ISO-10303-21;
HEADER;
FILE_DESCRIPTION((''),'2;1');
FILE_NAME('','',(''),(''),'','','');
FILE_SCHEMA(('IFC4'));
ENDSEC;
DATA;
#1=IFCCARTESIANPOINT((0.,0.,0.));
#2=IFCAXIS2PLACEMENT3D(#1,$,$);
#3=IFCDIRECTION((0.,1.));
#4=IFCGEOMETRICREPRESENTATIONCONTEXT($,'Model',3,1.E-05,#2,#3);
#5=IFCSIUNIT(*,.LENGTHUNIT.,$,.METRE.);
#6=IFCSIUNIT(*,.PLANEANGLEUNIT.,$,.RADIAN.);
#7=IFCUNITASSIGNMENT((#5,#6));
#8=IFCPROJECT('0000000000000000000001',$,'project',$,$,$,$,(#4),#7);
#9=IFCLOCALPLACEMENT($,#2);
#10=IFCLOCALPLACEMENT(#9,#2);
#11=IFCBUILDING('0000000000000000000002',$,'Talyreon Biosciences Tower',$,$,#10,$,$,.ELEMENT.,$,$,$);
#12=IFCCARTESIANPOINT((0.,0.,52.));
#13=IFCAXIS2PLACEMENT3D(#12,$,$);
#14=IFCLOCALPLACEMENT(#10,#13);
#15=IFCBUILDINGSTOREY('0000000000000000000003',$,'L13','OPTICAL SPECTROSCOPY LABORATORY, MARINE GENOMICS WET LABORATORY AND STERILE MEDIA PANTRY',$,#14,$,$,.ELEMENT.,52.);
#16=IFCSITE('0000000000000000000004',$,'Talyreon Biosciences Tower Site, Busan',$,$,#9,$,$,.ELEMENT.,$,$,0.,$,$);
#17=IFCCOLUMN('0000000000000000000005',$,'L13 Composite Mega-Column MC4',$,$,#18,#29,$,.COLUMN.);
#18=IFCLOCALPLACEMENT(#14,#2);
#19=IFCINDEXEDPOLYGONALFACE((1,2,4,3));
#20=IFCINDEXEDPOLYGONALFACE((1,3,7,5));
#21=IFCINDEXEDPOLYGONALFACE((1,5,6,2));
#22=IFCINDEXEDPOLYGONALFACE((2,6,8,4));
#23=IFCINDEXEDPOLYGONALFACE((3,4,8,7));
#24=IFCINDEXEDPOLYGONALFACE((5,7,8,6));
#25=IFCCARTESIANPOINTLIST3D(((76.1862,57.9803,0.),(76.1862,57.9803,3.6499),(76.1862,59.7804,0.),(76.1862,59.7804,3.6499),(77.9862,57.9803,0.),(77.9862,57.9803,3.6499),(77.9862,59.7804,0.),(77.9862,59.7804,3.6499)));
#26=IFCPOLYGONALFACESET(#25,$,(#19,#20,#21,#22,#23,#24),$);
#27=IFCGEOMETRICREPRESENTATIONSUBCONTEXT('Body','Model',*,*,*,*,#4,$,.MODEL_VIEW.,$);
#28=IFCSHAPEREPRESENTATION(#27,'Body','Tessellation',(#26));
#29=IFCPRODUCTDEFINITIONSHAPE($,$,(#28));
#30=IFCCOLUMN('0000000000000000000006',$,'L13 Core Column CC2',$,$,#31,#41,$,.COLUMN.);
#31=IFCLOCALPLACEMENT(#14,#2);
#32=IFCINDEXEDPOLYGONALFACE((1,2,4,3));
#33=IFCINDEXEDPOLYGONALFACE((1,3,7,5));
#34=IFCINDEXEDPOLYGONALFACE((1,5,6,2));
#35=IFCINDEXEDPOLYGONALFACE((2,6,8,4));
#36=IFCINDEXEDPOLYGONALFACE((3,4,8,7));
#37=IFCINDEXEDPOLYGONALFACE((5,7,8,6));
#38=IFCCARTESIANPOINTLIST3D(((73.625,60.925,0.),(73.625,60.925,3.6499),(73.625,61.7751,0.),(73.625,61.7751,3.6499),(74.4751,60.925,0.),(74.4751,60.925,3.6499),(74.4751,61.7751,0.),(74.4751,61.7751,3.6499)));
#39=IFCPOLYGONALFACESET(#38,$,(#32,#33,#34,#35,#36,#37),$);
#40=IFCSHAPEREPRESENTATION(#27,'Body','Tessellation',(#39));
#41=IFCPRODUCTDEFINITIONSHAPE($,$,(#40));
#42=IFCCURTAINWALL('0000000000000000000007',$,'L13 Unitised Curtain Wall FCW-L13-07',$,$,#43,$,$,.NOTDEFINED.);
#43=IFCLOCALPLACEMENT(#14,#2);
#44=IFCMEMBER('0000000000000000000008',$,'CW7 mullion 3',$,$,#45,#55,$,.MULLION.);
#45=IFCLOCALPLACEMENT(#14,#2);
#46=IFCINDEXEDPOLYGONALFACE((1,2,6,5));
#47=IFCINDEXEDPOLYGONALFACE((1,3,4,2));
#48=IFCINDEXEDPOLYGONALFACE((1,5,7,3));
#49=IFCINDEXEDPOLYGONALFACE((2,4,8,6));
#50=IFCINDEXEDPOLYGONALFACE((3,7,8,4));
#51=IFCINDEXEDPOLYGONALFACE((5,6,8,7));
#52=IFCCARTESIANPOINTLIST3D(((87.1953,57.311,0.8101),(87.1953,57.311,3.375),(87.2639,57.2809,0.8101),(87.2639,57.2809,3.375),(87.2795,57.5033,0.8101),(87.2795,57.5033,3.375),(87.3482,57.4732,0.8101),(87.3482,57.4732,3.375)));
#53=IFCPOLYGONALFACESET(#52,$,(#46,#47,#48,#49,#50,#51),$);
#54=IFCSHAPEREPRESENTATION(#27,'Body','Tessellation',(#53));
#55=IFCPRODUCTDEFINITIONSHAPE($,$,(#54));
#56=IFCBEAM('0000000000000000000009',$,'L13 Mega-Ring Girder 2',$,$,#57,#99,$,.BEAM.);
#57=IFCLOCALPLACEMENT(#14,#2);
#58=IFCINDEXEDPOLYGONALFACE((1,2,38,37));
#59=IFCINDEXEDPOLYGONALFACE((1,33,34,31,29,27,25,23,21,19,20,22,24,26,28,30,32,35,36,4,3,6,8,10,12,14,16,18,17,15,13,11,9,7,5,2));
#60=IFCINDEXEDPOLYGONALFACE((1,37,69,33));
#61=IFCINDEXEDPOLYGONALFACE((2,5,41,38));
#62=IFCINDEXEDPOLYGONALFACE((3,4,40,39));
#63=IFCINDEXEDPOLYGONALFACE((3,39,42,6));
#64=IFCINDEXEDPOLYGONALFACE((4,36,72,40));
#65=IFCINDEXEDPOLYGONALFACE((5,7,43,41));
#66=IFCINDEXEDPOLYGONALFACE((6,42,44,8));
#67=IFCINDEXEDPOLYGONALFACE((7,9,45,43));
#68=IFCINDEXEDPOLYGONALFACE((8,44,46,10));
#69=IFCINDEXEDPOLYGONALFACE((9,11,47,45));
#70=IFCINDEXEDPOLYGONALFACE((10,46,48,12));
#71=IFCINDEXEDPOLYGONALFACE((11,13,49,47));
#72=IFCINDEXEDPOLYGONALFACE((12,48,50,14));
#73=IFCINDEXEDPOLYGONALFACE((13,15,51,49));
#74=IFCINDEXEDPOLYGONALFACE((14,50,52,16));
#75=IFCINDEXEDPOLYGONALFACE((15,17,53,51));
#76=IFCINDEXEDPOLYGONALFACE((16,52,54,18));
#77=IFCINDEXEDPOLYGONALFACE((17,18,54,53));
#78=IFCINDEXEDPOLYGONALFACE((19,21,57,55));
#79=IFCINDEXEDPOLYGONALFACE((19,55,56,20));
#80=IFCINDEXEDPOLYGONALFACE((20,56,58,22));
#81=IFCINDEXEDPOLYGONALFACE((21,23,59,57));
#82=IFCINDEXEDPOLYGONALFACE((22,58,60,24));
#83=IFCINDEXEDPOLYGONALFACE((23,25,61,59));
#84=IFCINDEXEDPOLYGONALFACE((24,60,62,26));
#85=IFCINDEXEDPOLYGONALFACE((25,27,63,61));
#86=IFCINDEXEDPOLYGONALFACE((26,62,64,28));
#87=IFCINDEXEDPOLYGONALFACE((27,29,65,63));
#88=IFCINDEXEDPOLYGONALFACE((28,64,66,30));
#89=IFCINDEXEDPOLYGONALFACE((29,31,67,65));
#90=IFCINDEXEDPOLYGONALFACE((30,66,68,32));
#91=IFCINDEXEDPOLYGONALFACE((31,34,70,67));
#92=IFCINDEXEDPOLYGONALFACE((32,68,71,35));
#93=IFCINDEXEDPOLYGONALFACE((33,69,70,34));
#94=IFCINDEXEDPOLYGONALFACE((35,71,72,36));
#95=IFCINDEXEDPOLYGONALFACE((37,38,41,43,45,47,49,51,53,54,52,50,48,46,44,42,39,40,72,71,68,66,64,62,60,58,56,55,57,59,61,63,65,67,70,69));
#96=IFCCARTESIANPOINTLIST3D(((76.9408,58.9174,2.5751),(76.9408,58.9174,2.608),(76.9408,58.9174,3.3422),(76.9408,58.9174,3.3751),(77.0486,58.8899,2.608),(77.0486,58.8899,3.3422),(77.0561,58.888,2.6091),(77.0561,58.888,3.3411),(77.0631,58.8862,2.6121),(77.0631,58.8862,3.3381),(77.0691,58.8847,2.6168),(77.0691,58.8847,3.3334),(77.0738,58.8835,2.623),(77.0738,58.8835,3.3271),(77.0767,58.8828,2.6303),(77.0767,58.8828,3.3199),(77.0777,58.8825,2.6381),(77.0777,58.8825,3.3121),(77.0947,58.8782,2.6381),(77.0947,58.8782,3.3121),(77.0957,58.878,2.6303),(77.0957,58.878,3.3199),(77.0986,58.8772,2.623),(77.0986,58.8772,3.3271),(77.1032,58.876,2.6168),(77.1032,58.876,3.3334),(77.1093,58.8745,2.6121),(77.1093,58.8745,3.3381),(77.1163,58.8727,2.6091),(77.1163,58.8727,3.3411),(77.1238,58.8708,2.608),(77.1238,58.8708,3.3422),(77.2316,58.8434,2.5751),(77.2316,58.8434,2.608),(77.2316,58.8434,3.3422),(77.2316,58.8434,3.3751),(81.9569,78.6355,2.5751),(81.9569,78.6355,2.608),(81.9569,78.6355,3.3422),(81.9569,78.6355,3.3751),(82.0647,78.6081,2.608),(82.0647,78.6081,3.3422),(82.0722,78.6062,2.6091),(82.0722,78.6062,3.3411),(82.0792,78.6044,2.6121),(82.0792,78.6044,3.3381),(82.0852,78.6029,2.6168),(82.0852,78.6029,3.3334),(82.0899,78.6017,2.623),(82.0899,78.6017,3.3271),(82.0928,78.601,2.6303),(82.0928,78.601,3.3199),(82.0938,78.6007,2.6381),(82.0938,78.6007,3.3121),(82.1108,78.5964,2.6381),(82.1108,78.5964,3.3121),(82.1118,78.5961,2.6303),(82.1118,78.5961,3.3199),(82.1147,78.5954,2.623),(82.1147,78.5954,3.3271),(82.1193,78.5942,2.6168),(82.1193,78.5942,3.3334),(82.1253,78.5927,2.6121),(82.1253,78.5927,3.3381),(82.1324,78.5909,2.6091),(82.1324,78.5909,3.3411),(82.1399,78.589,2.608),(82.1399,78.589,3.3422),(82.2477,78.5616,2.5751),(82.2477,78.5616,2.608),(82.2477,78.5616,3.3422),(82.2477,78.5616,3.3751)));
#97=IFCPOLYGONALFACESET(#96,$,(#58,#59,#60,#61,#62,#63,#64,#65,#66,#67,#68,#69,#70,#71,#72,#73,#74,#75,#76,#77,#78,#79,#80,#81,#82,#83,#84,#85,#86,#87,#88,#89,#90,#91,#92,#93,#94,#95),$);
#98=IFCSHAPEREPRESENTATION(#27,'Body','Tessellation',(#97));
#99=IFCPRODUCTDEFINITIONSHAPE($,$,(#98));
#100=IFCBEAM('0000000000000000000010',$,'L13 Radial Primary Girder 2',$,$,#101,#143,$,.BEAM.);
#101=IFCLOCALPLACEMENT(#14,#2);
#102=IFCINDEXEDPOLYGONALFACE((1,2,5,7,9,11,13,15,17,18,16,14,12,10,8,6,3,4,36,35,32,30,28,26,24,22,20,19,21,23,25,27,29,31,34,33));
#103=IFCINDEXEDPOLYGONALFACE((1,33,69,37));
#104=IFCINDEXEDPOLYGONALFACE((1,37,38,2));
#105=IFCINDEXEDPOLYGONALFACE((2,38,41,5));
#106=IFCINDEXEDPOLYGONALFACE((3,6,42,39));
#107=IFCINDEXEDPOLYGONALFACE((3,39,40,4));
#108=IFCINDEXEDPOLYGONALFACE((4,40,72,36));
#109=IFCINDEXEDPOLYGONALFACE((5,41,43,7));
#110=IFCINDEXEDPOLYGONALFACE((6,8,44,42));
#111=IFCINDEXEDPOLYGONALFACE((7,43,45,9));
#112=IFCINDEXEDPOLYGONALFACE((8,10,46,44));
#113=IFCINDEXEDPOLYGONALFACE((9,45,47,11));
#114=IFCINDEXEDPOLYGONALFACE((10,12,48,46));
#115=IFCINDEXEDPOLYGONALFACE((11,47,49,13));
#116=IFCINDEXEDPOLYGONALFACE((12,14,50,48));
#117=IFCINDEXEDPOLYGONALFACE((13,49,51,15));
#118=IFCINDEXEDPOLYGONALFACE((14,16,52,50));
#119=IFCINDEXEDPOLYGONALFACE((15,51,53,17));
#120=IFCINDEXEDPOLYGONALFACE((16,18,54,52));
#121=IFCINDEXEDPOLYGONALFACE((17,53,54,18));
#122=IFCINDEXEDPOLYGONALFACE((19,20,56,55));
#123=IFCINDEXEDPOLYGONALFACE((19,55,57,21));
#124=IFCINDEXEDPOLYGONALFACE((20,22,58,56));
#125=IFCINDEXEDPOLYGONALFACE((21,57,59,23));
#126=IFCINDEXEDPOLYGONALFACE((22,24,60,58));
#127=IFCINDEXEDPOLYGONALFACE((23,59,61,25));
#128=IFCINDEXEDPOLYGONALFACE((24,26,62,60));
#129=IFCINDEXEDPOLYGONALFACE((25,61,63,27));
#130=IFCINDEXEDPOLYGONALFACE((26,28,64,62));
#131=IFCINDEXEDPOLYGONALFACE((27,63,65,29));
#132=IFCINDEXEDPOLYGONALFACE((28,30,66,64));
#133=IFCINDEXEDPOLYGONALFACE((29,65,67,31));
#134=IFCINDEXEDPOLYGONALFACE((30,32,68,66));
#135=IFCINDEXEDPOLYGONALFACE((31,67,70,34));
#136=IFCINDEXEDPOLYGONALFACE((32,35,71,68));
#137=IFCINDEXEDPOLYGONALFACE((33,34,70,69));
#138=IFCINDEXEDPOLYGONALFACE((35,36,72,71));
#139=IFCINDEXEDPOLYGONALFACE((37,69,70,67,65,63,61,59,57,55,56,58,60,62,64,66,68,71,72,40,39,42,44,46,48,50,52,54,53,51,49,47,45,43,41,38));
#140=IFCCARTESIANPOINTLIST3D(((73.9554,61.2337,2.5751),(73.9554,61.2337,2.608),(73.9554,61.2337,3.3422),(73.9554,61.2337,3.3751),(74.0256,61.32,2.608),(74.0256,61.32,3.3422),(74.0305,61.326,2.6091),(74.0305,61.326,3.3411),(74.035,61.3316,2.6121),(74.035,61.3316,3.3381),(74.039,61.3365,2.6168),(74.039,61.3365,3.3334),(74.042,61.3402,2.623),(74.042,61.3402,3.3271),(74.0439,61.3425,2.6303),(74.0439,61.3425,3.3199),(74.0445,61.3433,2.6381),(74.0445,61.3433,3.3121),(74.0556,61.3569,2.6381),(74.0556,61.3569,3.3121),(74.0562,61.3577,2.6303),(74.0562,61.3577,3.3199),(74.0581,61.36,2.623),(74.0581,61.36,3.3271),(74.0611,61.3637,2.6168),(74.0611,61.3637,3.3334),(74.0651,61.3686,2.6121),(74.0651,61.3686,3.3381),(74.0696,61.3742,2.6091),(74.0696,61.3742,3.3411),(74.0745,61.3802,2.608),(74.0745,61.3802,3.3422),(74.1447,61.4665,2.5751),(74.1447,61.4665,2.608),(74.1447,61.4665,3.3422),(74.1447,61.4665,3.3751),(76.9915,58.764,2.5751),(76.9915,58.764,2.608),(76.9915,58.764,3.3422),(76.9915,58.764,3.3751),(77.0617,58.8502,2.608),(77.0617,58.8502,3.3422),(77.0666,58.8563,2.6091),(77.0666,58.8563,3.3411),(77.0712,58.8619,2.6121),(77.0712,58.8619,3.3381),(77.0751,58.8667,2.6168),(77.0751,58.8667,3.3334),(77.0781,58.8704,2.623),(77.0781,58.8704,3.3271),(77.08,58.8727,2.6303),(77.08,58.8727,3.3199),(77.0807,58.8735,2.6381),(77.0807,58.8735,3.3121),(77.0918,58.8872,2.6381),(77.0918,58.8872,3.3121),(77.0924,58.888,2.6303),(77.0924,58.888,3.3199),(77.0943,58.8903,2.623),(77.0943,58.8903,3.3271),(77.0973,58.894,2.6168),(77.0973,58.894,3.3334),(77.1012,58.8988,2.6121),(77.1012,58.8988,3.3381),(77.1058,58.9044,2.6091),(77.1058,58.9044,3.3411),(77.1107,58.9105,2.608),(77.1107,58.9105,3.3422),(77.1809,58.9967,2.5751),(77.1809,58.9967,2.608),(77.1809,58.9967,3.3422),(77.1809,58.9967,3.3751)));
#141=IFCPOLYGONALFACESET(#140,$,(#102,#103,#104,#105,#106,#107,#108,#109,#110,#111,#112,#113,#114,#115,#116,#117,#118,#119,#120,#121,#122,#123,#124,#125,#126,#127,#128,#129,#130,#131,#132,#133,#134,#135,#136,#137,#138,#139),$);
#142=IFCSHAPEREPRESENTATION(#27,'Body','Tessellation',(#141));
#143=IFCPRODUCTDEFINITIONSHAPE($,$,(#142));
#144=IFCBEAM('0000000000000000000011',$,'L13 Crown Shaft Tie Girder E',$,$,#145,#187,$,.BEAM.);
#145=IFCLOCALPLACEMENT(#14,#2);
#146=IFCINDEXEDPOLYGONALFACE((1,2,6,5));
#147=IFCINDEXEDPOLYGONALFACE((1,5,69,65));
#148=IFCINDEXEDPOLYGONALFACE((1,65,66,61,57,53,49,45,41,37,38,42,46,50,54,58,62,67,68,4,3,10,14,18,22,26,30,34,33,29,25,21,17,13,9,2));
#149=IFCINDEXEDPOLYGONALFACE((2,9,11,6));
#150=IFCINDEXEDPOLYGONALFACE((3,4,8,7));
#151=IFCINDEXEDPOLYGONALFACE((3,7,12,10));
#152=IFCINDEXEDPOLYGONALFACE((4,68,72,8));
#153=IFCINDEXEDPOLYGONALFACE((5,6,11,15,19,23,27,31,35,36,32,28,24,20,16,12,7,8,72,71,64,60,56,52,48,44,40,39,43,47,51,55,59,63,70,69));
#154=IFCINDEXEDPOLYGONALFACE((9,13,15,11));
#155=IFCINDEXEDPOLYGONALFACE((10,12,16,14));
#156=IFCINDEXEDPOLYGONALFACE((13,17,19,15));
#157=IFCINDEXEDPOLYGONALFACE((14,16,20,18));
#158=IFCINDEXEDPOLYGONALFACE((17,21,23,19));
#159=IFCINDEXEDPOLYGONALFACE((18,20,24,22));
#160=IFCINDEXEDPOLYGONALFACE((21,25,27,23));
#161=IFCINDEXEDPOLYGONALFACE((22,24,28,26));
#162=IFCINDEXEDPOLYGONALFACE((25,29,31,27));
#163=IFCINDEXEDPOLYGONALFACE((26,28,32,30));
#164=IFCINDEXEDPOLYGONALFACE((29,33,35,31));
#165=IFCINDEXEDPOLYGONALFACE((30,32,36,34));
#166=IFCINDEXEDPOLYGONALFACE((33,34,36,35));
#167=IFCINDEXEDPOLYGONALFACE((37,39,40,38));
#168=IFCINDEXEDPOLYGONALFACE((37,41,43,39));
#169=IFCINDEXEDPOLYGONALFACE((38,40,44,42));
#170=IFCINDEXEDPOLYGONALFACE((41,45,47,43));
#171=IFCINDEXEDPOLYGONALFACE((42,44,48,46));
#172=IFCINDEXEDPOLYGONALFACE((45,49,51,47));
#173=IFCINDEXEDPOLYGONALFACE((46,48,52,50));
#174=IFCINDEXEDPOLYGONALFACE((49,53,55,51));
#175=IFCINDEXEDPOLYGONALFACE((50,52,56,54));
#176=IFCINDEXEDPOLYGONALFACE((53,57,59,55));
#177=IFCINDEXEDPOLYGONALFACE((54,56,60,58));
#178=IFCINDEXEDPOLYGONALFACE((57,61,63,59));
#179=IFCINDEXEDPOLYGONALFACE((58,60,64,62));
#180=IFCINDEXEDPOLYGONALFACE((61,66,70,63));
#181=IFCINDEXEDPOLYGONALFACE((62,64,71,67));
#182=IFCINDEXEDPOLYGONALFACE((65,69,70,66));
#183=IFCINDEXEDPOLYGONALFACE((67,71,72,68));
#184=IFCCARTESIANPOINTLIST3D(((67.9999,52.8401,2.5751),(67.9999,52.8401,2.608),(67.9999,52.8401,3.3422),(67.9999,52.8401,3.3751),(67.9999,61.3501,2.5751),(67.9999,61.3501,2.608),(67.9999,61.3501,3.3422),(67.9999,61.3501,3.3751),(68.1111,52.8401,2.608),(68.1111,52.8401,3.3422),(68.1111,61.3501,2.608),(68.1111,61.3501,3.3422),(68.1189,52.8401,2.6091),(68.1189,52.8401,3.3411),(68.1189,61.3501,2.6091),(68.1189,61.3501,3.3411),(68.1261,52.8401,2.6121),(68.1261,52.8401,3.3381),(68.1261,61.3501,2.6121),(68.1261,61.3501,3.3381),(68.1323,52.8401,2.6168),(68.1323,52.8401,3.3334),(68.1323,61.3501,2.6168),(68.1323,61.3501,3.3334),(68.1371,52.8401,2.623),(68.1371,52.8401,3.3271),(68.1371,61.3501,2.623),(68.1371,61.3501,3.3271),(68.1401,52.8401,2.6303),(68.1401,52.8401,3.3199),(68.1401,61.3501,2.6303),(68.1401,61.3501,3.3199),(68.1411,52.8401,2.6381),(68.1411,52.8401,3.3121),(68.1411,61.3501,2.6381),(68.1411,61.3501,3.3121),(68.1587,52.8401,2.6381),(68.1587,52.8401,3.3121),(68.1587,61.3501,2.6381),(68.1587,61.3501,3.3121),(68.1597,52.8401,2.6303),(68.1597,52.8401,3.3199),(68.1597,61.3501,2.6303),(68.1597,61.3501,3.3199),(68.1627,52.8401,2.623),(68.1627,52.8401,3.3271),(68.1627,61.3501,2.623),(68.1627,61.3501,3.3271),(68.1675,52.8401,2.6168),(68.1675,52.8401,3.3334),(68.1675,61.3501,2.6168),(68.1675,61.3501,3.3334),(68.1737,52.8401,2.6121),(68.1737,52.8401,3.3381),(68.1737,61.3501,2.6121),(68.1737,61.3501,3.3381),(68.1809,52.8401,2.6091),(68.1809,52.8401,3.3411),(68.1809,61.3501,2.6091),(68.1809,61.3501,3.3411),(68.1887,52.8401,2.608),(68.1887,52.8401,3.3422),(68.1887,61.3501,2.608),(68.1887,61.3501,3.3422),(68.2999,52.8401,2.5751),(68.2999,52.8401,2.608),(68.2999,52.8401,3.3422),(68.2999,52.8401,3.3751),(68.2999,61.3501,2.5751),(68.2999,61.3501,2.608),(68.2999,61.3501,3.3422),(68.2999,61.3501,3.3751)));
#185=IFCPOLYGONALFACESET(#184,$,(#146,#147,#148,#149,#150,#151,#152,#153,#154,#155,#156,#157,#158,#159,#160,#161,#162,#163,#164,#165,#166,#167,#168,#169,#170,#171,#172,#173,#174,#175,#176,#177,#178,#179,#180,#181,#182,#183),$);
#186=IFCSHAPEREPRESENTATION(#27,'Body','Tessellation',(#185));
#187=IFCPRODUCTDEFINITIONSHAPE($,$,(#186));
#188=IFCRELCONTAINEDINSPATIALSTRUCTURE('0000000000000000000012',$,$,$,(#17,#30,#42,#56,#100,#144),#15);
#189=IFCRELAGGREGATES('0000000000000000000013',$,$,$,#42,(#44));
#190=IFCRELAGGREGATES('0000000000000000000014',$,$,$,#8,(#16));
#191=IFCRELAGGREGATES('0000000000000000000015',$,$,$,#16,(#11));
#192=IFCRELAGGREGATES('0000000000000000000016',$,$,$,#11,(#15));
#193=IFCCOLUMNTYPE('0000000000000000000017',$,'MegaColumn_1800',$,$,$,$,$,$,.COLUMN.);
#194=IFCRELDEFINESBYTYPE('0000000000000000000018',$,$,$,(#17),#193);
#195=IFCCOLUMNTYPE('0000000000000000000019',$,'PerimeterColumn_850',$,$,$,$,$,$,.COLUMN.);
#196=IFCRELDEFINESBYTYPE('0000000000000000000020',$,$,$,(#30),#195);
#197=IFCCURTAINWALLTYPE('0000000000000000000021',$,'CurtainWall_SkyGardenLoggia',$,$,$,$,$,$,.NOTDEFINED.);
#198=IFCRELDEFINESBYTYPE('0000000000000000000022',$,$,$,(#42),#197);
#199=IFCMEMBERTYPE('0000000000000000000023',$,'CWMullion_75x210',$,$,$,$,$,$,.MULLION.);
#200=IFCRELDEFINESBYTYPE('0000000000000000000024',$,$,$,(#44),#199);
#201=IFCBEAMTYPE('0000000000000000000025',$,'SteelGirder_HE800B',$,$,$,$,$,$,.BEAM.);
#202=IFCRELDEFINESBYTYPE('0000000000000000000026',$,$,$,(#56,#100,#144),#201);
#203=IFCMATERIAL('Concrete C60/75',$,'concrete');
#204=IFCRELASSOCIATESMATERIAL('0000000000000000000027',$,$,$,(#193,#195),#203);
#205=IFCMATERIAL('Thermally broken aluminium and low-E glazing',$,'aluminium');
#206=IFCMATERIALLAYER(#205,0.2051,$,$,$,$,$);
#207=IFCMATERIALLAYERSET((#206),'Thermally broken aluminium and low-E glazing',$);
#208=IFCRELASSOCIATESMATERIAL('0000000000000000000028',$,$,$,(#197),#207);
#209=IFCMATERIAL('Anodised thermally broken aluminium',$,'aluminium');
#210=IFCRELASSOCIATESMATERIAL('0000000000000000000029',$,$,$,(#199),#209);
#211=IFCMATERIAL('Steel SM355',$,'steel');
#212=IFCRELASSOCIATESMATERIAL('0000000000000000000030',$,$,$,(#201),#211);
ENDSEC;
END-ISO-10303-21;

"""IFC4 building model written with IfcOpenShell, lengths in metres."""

from ifc_helpers import new_model, si_unit, direction, frame, origin, origin_2d, place, context, subcontext, project, spatial, rectangle, i_section, extrude, material, layer, layer_set, material_profile, profile_set, type_object, element, aggregate, save


model = new_model("IFC4")

# Units and contexts
model_context = context("Model", 3, precision=1e-05, world=origin(), true_north=direction((0.0, 1.0)))
body_context = subcontext(model_context, "Body", "Model", "MODEL_VIEW")
ifc_project = project(units=[si_unit("LENGTHUNIT", "METRE"), si_unit("PLANEANGLEUNIT", "RADIAN")], contexts=[model_context])

# Site, building, storey
site_placement = place(None, origin())
site = spatial("IfcSite", under=ifc_project, at=site_placement, Name="Talyreon Biosciences Tower Site, Busan", CompositionType="ELEMENT", RefElevation=0.0)
building_placement = place(site_placement, origin())
building = spatial("IfcBuilding", under=site, at=building_placement, Name="Talyreon Biosciences Tower", CompositionType="ELEMENT")
storey_placement = place(building_placement, frame((0.0, 0.0, 52.0)))
storey = spatial("IfcBuildingStorey", under=building, at=storey_placement, Name="L13", Description="OPTICAL SPECTROSCOPY LABORATORY, MARINE GENOMICS WET LABORATORY AND STERILE MEDIA PANTRY", CompositionType="ELEMENT", Elevation=52.0)

# Columns
ifc_material_1 = material(Name="Concrete C60/75", Category="concrete")
ifc_material_profile_1 = material_profile(ifc_material_1, rectangle(XDim=1.8, YDim=1.8, at=origin_2d()), Name="RC 1800x1800")
ifc_profile_set_1 = profile_set([ifc_material_profile_1], Name="Concrete C60/75")
column_type_1 = type_object("IfcColumnType", Name="MegaColumn_1800", PredefinedType="COLUMN", material=ifc_profile_set_1)
column_1_placement = place(storey_placement, frame((77.0862, 58.8804, 0.0), z_axis=(0.0, 0.0, 1.0), x_axis=(1.0, 0.0, 0.0)))
element("IfcColumn", 1, at=column_1_placement, inside=storey, type_object=column_type_1, Name="L13 Composite Mega-Column MC4", PredefinedType="COLUMN", context=body_context, shape_type="SweptSolid", body=[
    extrude(rectangle(XDim=1.8, YDim=1.8, at=origin_2d()), origin(), (0.0, 0.0, 1.0), 3.6499),
])
ifc_material_profile_2 = material_profile(ifc_material_1, rectangle(XDim=0.8501, YDim=0.8501, at=origin_2d()), Name="RC 850x850")
ifc_profile_set_2 = profile_set([ifc_material_profile_2], Name="Concrete C60/75")
column_type_2 = type_object("IfcColumnType", Name="PerimeterColumn_850", PredefinedType="COLUMN", material=ifc_profile_set_2)
column_2_placement = place(storey_placement, frame((74.05, 61.3501, 0.0), z_axis=(0.0, 0.0, 1.0), x_axis=(1.0, 0.0, 0.0)))
element("IfcColumn", 2, at=column_2_placement, inside=storey, type_object=column_type_2, Name="L13 Core Column CC2", PredefinedType="COLUMN", context=body_context, shape_type="SweptSolid", body=[
    extrude(rectangle(XDim=0.8501, YDim=0.8501, at=origin_2d()), origin(), (0.0, 0.0, 1.0), 3.6499),
])

# Curtain wall, member
ifc_material_2 = material(Name="Thermally broken aluminium and low-E glazing", Category="aluminium")
ifc_layer_1 = layer(ifc_material_2, 0.2051)
ifc_layer_set_1 = layer_set([ifc_layer_1], Name="Thermally broken aluminium and low-E glazing")
curtain_wall_type = type_object("IfcCurtainWallType", Name="CurtainWall_SkyGardenLoggia", PredefinedType="NOTDEFINED", material=ifc_layer_set_1)
curtain_wall_placement = place(storey_placement, origin())
curtain_wall = element("IfcCurtainWall", 3, at=curtain_wall_placement, inside=storey, type_object=curtain_wall_type, Name="L13 Unitised Curtain Wall FCW-L13-07", PredefinedType="NOTDEFINED")
ifc_material_3 = material(Name="Anodised thermally broken aluminium", Category="aluminium")
ifc_material_profile_3 = material_profile(ifc_material_3, rectangle(XDim=0.075, YDim=0.21, at=origin_2d()), Name="ALUM MULLION 75x210")
ifc_profile_set_3 = profile_set([ifc_material_profile_3], Name="Anodised thermally broken aluminium")
member_type = type_object("IfcMemberType", Name="CWMullion_75x210", PredefinedType="MULLION", material=ifc_profile_set_3)
member_placement = place(storey_placement, frame((87.2717, 57.3921, 0.8101), z_axis=(0.0, 0.0, 1.0), x_axis=(0.916035, -0.401098, 0.0)))
member = element("IfcMember", 4, at=member_placement, type_object=member_type, Name="CW7 mullion 3", PredefinedType="MULLION", context=body_context, shape_type="SweptSolid", body=[
    extrude(rectangle(XDim=0.075, YDim=0.21, at=origin_2d()), origin(), (0.0, 0.0, 1.0), 2.5649),
])

# Beams
ifc_material_4 = material(Name="Steel SM355", Category="steel")
ifc_material_profile_4 = material_profile(ifc_material_4, i_section(OverallWidth=0.3, OverallDepth=0.8, WebThickness=0.0176, FlangeThickness=0.033, FilletRadius=0.03, at=origin_2d()), Name="HE800B")
ifc_profile_set_4 = profile_set([ifc_material_profile_4], Name="Steel SM355")
beam_type_1 = type_object("IfcBeamType", Name="SteelGirder_HE800B", PredefinedType="BEAM", material=ifc_profile_set_4)
beam_1_placement = place(storey_placement, frame((77.0862, 58.8804, 2.9751), z_axis=(0.246537, 0.969133, 0.0), x_axis=(-0.969133, 0.246537, 0.0)))
element("IfcBeam", 5, at=beam_1_placement, inside=storey, type_object=beam_type_1, Name="L13 Mega-Ring Girder 2", PredefinedType="BEAM", context=body_context, shape_type="SweptSolid", body=[
    extrude(i_section(OverallWidth=0.3, OverallDepth=0.8, WebThickness=0.0176, FlangeThickness=0.033, FilletRadius=0.03, at=origin_2d()), origin(), (0.0, 0.0, 1.0), 20.3462),
])
beam_2_placement = place(storey_placement, frame((74.05, 61.3501, 2.9751), z_axis=(0.775755, -0.631034, 0.0), x_axis=(0.631034, 0.775755, 0.0)))
element("IfcBeam", 6, at=beam_2_placement, inside=storey, type_object=beam_type_1, Name="L13 Radial Primary Girder 2", PredefinedType="BEAM", context=body_context, shape_type="SweptSolid", body=[
    extrude(i_section(OverallWidth=0.3, OverallDepth=0.8, WebThickness=0.0176, FlangeThickness=0.033, FilletRadius=0.03, at=origin_2d()), origin(), (0.0, 0.0, 1.0), 3.9138),
])
beam_3_placement = place(storey_placement, frame((68.1499, 52.8401, 2.9751), z_axis=(0.0, 1.0, 0.0), x_axis=(-1.0, 0.0, 0.0)))
element("IfcBeam", 7, at=beam_3_placement, inside=storey, type_object=beam_type_1, Name="L13 Crown Shaft Tie Girder E", PredefinedType="BEAM", context=body_context, shape_type="SweptSolid", body=[
    extrude(i_section(OverallWidth=0.3, OverallDepth=0.8, WebThickness=0.0176, FlangeThickness=0.033, FilletRadius=0.03, at=origin_2d()), origin(), (0.0, 0.0, 1.0), 8.51),
])

aggregate(curtain_wall, [member])

save(model, "model.ifc")
